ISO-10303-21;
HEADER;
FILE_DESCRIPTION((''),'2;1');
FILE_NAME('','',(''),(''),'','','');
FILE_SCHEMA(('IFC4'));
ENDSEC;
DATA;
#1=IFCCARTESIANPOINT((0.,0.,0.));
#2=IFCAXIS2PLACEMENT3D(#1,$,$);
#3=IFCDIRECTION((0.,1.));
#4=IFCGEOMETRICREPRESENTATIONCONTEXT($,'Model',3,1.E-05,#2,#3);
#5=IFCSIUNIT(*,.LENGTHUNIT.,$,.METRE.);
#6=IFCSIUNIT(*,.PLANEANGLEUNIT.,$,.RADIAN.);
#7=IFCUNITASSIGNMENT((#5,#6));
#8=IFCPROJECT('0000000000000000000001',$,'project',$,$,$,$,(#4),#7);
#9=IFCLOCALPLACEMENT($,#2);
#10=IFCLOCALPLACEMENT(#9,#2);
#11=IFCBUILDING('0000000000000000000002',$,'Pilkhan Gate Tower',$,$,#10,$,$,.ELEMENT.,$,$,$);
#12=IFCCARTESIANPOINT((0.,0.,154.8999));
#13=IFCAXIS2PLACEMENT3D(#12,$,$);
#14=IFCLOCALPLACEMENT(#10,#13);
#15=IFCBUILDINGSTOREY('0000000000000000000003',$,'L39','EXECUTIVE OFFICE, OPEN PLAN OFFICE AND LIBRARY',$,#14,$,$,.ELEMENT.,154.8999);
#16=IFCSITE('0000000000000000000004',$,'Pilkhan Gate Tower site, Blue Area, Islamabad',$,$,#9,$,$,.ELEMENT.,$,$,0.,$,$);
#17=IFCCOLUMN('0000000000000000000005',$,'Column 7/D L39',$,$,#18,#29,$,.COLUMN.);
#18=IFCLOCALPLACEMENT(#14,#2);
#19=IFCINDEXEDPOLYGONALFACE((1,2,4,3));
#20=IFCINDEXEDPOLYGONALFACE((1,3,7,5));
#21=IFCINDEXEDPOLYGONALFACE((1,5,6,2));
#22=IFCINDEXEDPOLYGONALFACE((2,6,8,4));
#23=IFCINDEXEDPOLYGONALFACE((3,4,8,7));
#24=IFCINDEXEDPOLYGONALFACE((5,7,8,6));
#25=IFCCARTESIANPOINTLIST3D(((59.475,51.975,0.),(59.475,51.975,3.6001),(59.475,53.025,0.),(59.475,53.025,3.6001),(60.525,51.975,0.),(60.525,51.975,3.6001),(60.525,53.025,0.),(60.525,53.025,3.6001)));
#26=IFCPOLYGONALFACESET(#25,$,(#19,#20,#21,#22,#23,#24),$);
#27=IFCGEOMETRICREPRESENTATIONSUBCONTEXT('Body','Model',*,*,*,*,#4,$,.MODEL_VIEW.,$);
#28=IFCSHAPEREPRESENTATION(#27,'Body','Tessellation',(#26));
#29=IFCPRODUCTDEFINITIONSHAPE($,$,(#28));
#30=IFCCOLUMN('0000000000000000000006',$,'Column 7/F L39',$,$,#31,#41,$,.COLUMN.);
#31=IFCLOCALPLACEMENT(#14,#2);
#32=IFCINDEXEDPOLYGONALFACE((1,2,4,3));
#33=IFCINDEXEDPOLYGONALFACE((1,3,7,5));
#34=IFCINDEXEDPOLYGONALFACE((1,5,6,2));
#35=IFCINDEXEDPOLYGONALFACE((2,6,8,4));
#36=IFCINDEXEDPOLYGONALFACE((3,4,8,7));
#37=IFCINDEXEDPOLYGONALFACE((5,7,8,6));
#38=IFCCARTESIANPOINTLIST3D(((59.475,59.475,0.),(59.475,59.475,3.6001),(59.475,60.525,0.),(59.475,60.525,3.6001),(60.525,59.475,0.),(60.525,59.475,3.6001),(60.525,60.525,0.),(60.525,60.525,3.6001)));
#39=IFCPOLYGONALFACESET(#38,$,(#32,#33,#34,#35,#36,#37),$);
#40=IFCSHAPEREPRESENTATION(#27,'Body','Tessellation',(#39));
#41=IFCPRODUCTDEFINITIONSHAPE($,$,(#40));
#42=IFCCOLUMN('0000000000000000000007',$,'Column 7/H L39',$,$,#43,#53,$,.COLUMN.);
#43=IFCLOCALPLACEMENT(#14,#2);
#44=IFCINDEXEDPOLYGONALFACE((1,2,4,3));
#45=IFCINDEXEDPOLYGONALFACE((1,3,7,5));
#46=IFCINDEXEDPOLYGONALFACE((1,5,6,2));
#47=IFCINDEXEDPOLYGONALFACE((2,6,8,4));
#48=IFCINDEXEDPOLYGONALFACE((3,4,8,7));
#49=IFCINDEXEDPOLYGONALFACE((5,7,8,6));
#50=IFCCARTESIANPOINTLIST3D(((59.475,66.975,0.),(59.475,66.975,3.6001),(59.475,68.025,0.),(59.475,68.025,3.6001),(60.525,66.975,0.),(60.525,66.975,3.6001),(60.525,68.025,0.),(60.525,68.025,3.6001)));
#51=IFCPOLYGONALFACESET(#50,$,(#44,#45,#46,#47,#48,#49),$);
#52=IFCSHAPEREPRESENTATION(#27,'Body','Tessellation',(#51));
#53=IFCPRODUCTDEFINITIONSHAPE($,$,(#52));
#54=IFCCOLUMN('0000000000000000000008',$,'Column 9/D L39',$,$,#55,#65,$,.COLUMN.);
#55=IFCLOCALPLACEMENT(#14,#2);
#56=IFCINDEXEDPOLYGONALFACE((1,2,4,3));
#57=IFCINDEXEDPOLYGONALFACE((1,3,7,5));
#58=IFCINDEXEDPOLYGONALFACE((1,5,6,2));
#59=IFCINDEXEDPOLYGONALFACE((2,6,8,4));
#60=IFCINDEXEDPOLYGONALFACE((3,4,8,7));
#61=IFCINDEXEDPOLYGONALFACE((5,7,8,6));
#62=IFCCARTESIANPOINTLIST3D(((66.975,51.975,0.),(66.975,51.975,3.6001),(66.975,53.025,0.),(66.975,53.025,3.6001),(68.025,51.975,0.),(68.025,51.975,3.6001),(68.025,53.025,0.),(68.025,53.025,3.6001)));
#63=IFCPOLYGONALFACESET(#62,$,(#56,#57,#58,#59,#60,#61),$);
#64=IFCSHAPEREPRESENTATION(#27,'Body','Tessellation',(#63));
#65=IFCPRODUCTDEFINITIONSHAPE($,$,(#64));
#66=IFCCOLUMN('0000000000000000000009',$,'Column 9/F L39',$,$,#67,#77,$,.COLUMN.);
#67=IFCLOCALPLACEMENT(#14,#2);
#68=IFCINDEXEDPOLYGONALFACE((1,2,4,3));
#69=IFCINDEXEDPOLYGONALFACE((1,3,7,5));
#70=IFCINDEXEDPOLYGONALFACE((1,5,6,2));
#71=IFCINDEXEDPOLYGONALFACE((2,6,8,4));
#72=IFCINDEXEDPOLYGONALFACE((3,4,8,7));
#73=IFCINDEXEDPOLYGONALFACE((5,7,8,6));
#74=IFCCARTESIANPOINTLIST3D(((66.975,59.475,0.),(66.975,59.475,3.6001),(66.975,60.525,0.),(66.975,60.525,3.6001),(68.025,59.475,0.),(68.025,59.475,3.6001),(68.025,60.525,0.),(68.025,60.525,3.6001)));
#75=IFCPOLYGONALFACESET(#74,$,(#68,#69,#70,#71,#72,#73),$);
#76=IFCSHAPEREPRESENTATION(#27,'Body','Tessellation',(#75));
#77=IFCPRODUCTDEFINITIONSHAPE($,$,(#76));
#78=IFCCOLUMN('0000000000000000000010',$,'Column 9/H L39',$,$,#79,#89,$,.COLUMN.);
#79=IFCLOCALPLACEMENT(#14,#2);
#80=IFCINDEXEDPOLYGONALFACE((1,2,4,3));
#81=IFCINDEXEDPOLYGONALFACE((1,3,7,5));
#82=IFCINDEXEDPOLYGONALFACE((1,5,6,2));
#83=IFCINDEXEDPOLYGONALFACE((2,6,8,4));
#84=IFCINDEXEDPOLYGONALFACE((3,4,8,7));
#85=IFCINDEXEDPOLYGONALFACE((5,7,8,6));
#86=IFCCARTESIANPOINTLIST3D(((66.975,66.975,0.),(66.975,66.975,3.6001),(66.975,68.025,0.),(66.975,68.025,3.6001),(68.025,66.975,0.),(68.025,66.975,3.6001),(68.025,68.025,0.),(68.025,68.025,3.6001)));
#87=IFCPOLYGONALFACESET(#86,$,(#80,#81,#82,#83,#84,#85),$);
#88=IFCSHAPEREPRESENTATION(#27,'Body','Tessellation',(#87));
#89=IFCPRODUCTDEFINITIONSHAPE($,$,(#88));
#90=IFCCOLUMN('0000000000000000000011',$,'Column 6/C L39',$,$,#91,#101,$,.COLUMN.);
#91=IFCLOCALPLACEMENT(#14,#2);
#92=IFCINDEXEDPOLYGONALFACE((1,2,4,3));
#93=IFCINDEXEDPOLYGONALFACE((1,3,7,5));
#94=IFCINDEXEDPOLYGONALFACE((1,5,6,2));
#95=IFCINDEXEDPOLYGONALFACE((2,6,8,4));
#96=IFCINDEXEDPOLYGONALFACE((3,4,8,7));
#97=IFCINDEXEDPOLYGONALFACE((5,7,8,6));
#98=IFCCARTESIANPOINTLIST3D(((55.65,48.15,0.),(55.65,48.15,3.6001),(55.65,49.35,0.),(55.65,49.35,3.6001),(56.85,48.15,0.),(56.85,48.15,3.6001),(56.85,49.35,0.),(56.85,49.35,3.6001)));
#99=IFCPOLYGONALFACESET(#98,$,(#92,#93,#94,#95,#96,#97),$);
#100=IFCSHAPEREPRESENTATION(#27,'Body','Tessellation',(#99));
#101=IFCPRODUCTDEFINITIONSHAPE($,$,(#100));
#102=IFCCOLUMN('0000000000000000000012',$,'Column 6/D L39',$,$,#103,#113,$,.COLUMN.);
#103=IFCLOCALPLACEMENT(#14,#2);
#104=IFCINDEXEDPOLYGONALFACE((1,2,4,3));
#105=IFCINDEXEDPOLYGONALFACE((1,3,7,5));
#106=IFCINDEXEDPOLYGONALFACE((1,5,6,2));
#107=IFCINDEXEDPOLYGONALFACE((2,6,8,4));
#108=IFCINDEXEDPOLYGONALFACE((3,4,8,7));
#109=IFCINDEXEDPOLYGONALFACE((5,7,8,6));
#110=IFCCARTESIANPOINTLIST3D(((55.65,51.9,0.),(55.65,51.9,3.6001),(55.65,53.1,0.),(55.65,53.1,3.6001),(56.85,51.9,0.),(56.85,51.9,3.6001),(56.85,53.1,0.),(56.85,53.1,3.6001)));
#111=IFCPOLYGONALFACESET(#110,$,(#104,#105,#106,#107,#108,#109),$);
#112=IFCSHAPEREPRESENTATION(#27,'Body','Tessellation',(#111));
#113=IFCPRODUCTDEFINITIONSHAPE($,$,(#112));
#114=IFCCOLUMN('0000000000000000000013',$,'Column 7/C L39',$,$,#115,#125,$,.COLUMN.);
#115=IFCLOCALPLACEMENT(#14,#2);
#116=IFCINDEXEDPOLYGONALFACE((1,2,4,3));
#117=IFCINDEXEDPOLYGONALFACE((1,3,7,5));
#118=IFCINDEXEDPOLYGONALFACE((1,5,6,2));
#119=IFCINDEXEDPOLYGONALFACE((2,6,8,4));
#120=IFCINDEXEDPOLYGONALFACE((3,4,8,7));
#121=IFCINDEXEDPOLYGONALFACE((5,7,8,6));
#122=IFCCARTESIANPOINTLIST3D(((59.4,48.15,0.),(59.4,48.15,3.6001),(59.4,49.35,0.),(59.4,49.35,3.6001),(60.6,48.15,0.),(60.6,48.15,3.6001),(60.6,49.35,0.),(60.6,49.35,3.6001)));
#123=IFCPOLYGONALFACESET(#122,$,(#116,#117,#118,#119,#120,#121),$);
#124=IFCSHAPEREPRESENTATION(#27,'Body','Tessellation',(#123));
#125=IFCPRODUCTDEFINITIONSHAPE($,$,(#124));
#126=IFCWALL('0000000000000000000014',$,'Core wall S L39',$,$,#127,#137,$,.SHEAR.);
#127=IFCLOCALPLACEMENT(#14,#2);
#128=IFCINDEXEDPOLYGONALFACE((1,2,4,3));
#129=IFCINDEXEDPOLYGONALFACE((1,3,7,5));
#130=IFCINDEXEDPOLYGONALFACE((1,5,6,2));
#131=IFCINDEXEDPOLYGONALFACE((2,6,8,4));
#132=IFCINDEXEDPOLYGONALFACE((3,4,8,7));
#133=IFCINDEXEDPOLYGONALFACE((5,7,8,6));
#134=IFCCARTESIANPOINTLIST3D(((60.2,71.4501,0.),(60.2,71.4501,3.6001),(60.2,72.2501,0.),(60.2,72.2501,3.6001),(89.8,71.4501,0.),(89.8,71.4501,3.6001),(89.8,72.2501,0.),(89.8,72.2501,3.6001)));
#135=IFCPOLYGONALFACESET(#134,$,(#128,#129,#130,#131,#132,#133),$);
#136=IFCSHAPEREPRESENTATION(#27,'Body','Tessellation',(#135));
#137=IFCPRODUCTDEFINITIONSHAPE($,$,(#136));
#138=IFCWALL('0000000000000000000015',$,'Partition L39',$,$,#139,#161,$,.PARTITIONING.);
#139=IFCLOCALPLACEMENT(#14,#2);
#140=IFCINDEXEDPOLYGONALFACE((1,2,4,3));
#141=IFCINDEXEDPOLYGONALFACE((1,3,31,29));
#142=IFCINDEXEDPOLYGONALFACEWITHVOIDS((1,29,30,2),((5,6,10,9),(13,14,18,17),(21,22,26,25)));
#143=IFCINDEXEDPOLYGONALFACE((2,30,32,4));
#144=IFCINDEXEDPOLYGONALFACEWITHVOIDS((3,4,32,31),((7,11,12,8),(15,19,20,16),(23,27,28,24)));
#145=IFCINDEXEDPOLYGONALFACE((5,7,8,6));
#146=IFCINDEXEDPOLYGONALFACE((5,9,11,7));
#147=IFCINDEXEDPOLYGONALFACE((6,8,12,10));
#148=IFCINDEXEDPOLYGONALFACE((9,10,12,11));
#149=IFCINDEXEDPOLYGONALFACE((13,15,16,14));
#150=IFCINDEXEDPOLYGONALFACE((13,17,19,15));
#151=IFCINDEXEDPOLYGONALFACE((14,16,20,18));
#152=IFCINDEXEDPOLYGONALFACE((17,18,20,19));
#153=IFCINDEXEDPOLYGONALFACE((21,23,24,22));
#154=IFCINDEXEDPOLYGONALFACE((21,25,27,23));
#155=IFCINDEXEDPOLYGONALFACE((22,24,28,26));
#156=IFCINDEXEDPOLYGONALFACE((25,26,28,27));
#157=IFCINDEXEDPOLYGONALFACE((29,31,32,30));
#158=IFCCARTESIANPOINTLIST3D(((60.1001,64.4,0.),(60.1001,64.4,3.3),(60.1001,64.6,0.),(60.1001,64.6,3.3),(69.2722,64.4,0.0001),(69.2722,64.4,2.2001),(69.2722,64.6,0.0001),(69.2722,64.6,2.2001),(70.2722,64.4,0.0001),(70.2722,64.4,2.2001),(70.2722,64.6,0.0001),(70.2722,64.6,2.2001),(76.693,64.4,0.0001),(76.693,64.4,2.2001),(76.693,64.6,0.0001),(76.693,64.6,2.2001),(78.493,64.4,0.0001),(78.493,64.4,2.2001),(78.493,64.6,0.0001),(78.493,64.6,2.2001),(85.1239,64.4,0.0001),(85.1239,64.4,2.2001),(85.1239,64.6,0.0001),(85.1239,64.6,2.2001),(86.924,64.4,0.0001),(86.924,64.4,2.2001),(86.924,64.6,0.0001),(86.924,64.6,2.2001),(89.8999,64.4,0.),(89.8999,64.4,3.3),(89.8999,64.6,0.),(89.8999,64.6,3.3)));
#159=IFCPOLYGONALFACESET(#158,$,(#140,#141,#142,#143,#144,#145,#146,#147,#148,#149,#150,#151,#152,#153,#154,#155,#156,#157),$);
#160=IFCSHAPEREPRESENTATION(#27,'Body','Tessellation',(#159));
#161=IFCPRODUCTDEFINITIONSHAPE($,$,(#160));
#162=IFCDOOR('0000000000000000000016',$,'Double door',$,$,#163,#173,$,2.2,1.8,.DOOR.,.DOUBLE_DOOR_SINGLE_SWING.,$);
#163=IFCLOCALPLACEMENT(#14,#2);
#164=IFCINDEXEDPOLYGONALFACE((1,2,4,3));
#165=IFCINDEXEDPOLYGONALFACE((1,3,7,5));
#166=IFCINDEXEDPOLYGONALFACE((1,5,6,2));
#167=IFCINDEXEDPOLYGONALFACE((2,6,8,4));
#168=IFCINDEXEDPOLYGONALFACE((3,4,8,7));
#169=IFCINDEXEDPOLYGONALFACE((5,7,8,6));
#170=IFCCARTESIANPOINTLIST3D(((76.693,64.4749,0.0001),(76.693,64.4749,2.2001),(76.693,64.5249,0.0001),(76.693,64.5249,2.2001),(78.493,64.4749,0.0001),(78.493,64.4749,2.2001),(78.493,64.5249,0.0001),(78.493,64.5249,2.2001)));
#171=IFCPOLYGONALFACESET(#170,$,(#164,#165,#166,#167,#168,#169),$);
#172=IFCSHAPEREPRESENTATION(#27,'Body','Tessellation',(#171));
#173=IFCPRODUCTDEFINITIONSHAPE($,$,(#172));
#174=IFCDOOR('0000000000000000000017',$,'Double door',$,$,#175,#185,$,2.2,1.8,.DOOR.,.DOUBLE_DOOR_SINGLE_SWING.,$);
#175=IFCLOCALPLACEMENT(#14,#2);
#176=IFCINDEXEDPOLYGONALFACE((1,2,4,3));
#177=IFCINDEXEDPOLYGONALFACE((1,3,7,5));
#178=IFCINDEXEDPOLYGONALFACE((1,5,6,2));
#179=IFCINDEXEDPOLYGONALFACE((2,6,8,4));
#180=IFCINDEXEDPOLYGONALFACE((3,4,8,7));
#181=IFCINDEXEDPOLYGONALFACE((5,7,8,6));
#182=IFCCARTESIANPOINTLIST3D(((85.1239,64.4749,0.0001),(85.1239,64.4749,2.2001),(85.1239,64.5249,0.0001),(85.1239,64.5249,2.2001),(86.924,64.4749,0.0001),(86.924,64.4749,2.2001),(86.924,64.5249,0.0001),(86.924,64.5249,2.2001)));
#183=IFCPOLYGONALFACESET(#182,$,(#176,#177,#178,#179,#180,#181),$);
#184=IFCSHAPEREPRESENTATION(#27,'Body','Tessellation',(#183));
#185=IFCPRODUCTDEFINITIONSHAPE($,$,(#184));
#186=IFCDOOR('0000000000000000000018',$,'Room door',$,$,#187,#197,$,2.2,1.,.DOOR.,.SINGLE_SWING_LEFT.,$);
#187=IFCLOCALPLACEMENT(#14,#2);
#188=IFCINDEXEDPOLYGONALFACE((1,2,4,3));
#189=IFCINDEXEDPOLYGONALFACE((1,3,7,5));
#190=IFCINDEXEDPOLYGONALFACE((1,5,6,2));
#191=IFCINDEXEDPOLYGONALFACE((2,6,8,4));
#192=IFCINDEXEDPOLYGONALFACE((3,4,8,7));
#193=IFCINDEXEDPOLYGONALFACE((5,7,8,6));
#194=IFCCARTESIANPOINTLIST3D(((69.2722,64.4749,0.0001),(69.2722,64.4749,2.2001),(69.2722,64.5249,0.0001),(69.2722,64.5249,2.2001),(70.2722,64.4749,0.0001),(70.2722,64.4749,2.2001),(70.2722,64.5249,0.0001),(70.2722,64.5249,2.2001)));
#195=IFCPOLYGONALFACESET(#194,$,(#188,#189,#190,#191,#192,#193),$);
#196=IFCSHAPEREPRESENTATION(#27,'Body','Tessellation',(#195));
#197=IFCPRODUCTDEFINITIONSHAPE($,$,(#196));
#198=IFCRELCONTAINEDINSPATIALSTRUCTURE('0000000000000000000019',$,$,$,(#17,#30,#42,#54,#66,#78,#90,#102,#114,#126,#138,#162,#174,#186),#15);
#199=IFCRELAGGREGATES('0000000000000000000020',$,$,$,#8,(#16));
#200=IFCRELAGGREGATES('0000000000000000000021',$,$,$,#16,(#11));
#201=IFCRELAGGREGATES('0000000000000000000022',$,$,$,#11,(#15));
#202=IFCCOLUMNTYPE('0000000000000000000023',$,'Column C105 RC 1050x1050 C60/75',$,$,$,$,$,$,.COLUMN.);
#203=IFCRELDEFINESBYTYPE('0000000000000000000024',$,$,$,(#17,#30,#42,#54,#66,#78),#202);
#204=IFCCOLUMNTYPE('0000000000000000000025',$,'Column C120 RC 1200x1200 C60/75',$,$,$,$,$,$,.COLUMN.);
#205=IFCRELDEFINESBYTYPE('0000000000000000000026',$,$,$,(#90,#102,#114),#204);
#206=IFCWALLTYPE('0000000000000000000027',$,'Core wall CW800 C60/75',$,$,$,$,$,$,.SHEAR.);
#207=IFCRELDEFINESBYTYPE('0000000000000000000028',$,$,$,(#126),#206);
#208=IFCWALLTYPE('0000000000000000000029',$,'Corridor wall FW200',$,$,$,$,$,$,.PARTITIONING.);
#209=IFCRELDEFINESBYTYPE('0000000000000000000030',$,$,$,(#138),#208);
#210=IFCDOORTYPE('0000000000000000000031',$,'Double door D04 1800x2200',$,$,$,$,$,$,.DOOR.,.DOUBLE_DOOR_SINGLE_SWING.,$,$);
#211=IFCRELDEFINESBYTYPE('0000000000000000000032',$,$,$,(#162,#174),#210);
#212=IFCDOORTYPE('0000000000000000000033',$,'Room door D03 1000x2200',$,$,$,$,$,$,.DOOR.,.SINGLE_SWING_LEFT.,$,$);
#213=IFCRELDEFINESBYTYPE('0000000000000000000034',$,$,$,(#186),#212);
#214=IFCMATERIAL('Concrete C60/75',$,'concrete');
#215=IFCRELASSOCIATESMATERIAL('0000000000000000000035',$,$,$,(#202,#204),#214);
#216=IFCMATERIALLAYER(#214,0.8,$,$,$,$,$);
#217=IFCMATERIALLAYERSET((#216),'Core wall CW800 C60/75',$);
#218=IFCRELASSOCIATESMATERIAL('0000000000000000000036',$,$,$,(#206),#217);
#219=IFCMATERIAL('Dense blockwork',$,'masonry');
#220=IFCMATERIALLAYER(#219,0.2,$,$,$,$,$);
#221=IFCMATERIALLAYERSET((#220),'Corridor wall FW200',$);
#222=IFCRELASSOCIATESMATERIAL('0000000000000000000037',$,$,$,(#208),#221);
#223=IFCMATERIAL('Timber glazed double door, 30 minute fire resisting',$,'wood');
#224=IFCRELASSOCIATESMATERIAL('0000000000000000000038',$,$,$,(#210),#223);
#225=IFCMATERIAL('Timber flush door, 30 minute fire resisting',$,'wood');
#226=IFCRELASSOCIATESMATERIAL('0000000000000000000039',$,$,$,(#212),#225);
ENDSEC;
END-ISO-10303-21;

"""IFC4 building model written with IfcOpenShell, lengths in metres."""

from ifc_helpers import new_model, si_unit, direction, frame, frame_2d, origin, origin_2d, place, context, subcontext, project, spatial, rectangle, extrude, material, layer, layer_set, material_profile, profile_set, type_object, element, fill, save


model = new_model("IFC4")

# Units and contexts
model_context = context("Model", 3, precision=1e-05, world=origin(), true_north=direction((0.0, 1.0)))
body_context = subcontext(model_context, "Body", "Model", "MODEL_VIEW")
ifc_project = project(units=[si_unit("LENGTHUNIT", "METRE"), si_unit("PLANEANGLEUNIT", "RADIAN")], contexts=[model_context])

# Site, building, storey
site_placement = place(None, origin())
site = spatial("IfcSite", under=ifc_project, at=site_placement, Name="Pilkhan Gate Tower site, Blue Area, Islamabad", CompositionType="ELEMENT", RefElevation=0.0)
building_placement = place(site_placement, origin())
building = spatial("IfcBuilding", under=site, at=building_placement, Name="Pilkhan Gate Tower", CompositionType="ELEMENT")
storey_placement = place(building_placement, frame((0.0, 0.0, 154.8999)))
storey = spatial("IfcBuildingStorey", under=building, at=storey_placement, Name="L39", Description="EXECUTIVE OFFICE, OPEN PLAN OFFICE AND LIBRARY", CompositionType="ELEMENT", Elevation=154.8999)

# Columns
ifc_material_1 = material(Name="Concrete C60/75", Category="concrete")
ifc_material_profile_1 = material_profile(ifc_material_1, rectangle(XDim=1.05, YDim=1.05, at=origin_2d()), Name="RC 1050x1050")
ifc_profile_set_1 = profile_set([ifc_material_profile_1], Name="Concrete C60/75")
column_type_1 = type_object("IfcColumnType", Name="Column C105 RC 1050x1050 C60/75", PredefinedType="COLUMN", material=ifc_profile_set_1)
for number, where, z_axis, x_axis, name in (
    (1, (60.0, 52.5, 0.0), (0.0, 0.0, 1.0), (1.0, 0.0, 0.0), "Column 7/D L39"),
    (2, (60.0, 60.0, 0.0), (0.0, 0.0, 1.0), (1.0, 0.0, 0.0), "Column 7/F L39"),
    (3, (60.0, 67.5, 0.0), (0.0, 0.0, 1.0), (1.0, 0.0, 0.0), "Column 7/H L39"),
    (4, (67.5, 52.5, 0.0), (0.0, 0.0, 1.0), (1.0, 0.0, 0.0), "Column 9/D L39"),
    (5, (67.5, 60.0, 0.0), (0.0, 0.0, 1.0), (1.0, 0.0, 0.0), "Column 9/F L39"),
    (6, (67.5, 67.5, 0.0), (0.0, 0.0, 1.0), (1.0, 0.0, 0.0), "Column 9/H L39"),
):
    element("IfcColumn", number, at=place(storey_placement, frame(where, z_axis=z_axis, x_axis=x_axis)), inside=storey, type_object=column_type_1, Name=name, PredefinedType="COLUMN", context=body_context, shape_type="SweptSolid", body=[
        extrude(rectangle(XDim=1.05, YDim=1.05, at=origin_2d()), origin(), (0.0, 0.0, 1.0), 3.6001),
    ])
ifc_material_profile_2 = material_profile(ifc_material_1, rectangle(XDim=1.2, YDim=1.2, at=origin_2d()), Name="RC 1200x1200")
ifc_profile_set_2 = profile_set([ifc_material_profile_2], Name="Concrete C60/75")
column_type_2 = type_object("IfcColumnType", Name="Column C120 RC 1200x1200 C60/75", PredefinedType="COLUMN", material=ifc_profile_set_2)
for number, where, z_axis, x_axis, name in (
    (7, (56.25, 48.75, 0.0), (0.0, 0.0, 1.0), (1.0, 0.0, 0.0), "Column 6/C L39"),
    (8, (56.25, 52.5, 0.0), (0.0, 0.0, 1.0), (1.0, 0.0, 0.0), "Column 6/D L39"),
    (9, (60.0, 48.75, 0.0), (0.0, 0.0, 1.0), (1.0, 0.0, 0.0), "Column 7/C L39"),
):
    element("IfcColumn", number, at=place(storey_placement, frame(where, z_axis=z_axis, x_axis=x_axis)), inside=storey, type_object=column_type_2, Name=name, PredefinedType="COLUMN", context=body_context, shape_type="SweptSolid", body=[
        extrude(rectangle(XDim=1.2, YDim=1.2, at=origin_2d()), origin(), (0.0, 0.0, 1.0), 3.6001),
    ])

# Wall
ifc_layer_1 = layer(ifc_material_1, 0.8)
ifc_layer_set_1 = layer_set([ifc_layer_1], Name="Core wall CW800 C60/75")
wall_type_1 = type_object("IfcWallType", Name="Core wall CW800 C60/75", PredefinedType="SHEAR", material=ifc_layer_set_1)
wall_1_placement = place(storey_placement, frame((60.2, 71.8501, 0.0), z_axis=(0.0, 0.0, 1.0), x_axis=(1.0, 0.0, 0.0)))
element("IfcWall", 10, at=wall_1_placement, inside=storey, type_object=wall_type_1, Name="Core wall S L39", PredefinedType="SHEAR", context=body_context, shape_type="SweptSolid", body=[
    extrude(rectangle(XDim=29.6001, YDim=0.8, at=frame_2d((14.8, 0.0))), origin(), (0.0, 0.0, 1.0), 3.6001),
])

# Wall, openings, doors
ifc_material_2 = material(Name="Dense blockwork", Category="masonry")
ifc_layer_2 = layer(ifc_material_2, 0.2)
ifc_layer_set_2 = layer_set([ifc_layer_2], Name="Corridor wall FW200")
wall_type_2 = type_object("IfcWallType", Name="Corridor wall FW200", PredefinedType="PARTITIONING", material=ifc_layer_set_2)
wall_2_placement = place(storey_placement, frame((60.1001, 64.5, 0.0), z_axis=(0.0, 0.0, 1.0), x_axis=(1.0, 0.0, 0.0)))
wall_2 = element("IfcWall", 11, at=wall_2_placement, inside=storey, type_object=wall_type_2, Name="Partition L39", PredefinedType="PARTITIONING", context=body_context, shape_type="SweptSolid", body=[
    extrude(rectangle(XDim=29.7998, YDim=0.2, at=frame_2d((14.8999, 0.0))), origin(), (0.0, 0.0, 1.0), 3.3),
])
opening_1_placement = place(wall_2_placement, frame((9.1721, 0.0, 0.0)))
opening_1 = element("IfcOpeningElement", 12, at=opening_1_placement, cuts=wall_2, PredefinedType="OPENING", context=body_context, shape_type="SweptSolid", body=[
    extrude(rectangle(XDim=1.0, YDim=2.2, at=frame_2d((0.5, 1.1001))), frame((0.0, 0.1099, 0.0), z_axis=(0.0, -1.0, 0.0), x_axis=(1.0, 0.0, 0.0)), (0.0, 0.0, 1.0), 0.22),
])
opening_2_placement = place(wall_2_placement, frame((16.593, 0.0, 0.0)))
opening_2 = element("IfcOpeningElement", 13, at=opening_2_placement, cuts=wall_2, PredefinedType="OPENING", context=body_context, shape_type="SweptSolid", body=[
    extrude(rectangle(XDim=1.8, YDim=2.2, at=frame_2d((0.8999, 1.1001))), frame((0.0, 0.1099, 0.0), z_axis=(0.0, -1.0, 0.0), x_axis=(1.0, 0.0, 0.0)), (0.0, 0.0, 1.0), 0.22),
])
opening_3_placement = place(wall_2_placement, frame((25.0239, 0.0, 0.0)))
opening_3 = element("IfcOpeningElement", 14, at=opening_3_placement, cuts=wall_2, PredefinedType="OPENING", context=body_context, shape_type="SweptSolid", body=[
    extrude(rectangle(XDim=1.8, YDim=2.2, at=frame_2d((0.8999, 1.1001))), frame((0.0, 0.1099, 0.0), z_axis=(0.0, -1.0, 0.0), x_axis=(1.0, 0.0, 0.0)), (0.0, 0.0, 1.0), 0.22),
])
ifc_material_3 = material(Name="Timber glazed double door, 30 minute fire resisting", Category="wood")
door_type_1 = type_object("IfcDoorType", Name="Double door D04 1800x2200", OperationType="DOUBLE_DOOR_SINGLE_SWING", PredefinedType="DOOR", material=ifc_material_3)
door_1_placement = place(opening_2_placement, origin())
door_1 = element("IfcDoor", 15, at=door_1_placement, inside=storey, type_object=door_type_1, Name="Double door", OperationType="DOUBLE_DOOR_SINGLE_SWING", OverallHeight=2.2, OverallWidth=1.8, PredefinedType="DOOR", context=body_context, shape_type="SweptSolid", body=[
    extrude(rectangle(XDim=1.8, YDim=2.2, at=frame_2d((0.8999, 1.1001))), frame((0.0, 0.0249, 0.0), z_axis=(0.0, -1.0, 0.0), x_axis=(1.0, 0.0, 0.0)), (0.0, 0.0, 1.0), 0.05),
])
fill(opening_2, door_1)
door_2_placement = place(opening_3_placement, origin())
door_2 = element("IfcDoor", 16, at=door_2_placement, inside=storey, type_object=door_type_1, Name="Double door", OperationType="DOUBLE_DOOR_SINGLE_SWING", OverallHeight=2.2, OverallWidth=1.8, PredefinedType="DOOR", context=body_context, shape_type="SweptSolid", body=[
    extrude(rectangle(XDim=1.8, YDim=2.2, at=frame_2d((0.8999, 1.1001))), frame((0.0, 0.0249, 0.0), z_axis=(0.0, -1.0, 0.0), x_axis=(1.0, 0.0, 0.0)), (0.0, 0.0, 1.0), 0.05),
])
fill(opening_3, door_2)
ifc_material_4 = material(Name="Timber flush door, 30 minute fire resisting", Category="wood")
door_type_2 = type_object("IfcDoorType", Name="Room door D03 1000x2200", OperationType="SINGLE_SWING_LEFT", PredefinedType="DOOR", material=ifc_material_4)
door_3_placement = place(opening_1_placement, origin())
door_3 = element("IfcDoor", 17, at=door_3_placement, inside=storey, type_object=door_type_2, Name="Room door", OperationType="SINGLE_SWING_LEFT", OverallHeight=2.2, OverallWidth=1.0, PredefinedType="DOOR", context=body_context, shape_type="SweptSolid", body=[
    extrude(rectangle(XDim=1.0, YDim=2.2, at=frame_2d((0.5, 1.1001))), frame((0.0, 0.0249, 0.0), z_axis=(0.0, -1.0, 0.0), x_axis=(1.0, 0.0, 0.0)), (0.0, 0.0, 1.0), 0.05),
])
fill(opening_1, door_3)

save(model, "model.ifc")
